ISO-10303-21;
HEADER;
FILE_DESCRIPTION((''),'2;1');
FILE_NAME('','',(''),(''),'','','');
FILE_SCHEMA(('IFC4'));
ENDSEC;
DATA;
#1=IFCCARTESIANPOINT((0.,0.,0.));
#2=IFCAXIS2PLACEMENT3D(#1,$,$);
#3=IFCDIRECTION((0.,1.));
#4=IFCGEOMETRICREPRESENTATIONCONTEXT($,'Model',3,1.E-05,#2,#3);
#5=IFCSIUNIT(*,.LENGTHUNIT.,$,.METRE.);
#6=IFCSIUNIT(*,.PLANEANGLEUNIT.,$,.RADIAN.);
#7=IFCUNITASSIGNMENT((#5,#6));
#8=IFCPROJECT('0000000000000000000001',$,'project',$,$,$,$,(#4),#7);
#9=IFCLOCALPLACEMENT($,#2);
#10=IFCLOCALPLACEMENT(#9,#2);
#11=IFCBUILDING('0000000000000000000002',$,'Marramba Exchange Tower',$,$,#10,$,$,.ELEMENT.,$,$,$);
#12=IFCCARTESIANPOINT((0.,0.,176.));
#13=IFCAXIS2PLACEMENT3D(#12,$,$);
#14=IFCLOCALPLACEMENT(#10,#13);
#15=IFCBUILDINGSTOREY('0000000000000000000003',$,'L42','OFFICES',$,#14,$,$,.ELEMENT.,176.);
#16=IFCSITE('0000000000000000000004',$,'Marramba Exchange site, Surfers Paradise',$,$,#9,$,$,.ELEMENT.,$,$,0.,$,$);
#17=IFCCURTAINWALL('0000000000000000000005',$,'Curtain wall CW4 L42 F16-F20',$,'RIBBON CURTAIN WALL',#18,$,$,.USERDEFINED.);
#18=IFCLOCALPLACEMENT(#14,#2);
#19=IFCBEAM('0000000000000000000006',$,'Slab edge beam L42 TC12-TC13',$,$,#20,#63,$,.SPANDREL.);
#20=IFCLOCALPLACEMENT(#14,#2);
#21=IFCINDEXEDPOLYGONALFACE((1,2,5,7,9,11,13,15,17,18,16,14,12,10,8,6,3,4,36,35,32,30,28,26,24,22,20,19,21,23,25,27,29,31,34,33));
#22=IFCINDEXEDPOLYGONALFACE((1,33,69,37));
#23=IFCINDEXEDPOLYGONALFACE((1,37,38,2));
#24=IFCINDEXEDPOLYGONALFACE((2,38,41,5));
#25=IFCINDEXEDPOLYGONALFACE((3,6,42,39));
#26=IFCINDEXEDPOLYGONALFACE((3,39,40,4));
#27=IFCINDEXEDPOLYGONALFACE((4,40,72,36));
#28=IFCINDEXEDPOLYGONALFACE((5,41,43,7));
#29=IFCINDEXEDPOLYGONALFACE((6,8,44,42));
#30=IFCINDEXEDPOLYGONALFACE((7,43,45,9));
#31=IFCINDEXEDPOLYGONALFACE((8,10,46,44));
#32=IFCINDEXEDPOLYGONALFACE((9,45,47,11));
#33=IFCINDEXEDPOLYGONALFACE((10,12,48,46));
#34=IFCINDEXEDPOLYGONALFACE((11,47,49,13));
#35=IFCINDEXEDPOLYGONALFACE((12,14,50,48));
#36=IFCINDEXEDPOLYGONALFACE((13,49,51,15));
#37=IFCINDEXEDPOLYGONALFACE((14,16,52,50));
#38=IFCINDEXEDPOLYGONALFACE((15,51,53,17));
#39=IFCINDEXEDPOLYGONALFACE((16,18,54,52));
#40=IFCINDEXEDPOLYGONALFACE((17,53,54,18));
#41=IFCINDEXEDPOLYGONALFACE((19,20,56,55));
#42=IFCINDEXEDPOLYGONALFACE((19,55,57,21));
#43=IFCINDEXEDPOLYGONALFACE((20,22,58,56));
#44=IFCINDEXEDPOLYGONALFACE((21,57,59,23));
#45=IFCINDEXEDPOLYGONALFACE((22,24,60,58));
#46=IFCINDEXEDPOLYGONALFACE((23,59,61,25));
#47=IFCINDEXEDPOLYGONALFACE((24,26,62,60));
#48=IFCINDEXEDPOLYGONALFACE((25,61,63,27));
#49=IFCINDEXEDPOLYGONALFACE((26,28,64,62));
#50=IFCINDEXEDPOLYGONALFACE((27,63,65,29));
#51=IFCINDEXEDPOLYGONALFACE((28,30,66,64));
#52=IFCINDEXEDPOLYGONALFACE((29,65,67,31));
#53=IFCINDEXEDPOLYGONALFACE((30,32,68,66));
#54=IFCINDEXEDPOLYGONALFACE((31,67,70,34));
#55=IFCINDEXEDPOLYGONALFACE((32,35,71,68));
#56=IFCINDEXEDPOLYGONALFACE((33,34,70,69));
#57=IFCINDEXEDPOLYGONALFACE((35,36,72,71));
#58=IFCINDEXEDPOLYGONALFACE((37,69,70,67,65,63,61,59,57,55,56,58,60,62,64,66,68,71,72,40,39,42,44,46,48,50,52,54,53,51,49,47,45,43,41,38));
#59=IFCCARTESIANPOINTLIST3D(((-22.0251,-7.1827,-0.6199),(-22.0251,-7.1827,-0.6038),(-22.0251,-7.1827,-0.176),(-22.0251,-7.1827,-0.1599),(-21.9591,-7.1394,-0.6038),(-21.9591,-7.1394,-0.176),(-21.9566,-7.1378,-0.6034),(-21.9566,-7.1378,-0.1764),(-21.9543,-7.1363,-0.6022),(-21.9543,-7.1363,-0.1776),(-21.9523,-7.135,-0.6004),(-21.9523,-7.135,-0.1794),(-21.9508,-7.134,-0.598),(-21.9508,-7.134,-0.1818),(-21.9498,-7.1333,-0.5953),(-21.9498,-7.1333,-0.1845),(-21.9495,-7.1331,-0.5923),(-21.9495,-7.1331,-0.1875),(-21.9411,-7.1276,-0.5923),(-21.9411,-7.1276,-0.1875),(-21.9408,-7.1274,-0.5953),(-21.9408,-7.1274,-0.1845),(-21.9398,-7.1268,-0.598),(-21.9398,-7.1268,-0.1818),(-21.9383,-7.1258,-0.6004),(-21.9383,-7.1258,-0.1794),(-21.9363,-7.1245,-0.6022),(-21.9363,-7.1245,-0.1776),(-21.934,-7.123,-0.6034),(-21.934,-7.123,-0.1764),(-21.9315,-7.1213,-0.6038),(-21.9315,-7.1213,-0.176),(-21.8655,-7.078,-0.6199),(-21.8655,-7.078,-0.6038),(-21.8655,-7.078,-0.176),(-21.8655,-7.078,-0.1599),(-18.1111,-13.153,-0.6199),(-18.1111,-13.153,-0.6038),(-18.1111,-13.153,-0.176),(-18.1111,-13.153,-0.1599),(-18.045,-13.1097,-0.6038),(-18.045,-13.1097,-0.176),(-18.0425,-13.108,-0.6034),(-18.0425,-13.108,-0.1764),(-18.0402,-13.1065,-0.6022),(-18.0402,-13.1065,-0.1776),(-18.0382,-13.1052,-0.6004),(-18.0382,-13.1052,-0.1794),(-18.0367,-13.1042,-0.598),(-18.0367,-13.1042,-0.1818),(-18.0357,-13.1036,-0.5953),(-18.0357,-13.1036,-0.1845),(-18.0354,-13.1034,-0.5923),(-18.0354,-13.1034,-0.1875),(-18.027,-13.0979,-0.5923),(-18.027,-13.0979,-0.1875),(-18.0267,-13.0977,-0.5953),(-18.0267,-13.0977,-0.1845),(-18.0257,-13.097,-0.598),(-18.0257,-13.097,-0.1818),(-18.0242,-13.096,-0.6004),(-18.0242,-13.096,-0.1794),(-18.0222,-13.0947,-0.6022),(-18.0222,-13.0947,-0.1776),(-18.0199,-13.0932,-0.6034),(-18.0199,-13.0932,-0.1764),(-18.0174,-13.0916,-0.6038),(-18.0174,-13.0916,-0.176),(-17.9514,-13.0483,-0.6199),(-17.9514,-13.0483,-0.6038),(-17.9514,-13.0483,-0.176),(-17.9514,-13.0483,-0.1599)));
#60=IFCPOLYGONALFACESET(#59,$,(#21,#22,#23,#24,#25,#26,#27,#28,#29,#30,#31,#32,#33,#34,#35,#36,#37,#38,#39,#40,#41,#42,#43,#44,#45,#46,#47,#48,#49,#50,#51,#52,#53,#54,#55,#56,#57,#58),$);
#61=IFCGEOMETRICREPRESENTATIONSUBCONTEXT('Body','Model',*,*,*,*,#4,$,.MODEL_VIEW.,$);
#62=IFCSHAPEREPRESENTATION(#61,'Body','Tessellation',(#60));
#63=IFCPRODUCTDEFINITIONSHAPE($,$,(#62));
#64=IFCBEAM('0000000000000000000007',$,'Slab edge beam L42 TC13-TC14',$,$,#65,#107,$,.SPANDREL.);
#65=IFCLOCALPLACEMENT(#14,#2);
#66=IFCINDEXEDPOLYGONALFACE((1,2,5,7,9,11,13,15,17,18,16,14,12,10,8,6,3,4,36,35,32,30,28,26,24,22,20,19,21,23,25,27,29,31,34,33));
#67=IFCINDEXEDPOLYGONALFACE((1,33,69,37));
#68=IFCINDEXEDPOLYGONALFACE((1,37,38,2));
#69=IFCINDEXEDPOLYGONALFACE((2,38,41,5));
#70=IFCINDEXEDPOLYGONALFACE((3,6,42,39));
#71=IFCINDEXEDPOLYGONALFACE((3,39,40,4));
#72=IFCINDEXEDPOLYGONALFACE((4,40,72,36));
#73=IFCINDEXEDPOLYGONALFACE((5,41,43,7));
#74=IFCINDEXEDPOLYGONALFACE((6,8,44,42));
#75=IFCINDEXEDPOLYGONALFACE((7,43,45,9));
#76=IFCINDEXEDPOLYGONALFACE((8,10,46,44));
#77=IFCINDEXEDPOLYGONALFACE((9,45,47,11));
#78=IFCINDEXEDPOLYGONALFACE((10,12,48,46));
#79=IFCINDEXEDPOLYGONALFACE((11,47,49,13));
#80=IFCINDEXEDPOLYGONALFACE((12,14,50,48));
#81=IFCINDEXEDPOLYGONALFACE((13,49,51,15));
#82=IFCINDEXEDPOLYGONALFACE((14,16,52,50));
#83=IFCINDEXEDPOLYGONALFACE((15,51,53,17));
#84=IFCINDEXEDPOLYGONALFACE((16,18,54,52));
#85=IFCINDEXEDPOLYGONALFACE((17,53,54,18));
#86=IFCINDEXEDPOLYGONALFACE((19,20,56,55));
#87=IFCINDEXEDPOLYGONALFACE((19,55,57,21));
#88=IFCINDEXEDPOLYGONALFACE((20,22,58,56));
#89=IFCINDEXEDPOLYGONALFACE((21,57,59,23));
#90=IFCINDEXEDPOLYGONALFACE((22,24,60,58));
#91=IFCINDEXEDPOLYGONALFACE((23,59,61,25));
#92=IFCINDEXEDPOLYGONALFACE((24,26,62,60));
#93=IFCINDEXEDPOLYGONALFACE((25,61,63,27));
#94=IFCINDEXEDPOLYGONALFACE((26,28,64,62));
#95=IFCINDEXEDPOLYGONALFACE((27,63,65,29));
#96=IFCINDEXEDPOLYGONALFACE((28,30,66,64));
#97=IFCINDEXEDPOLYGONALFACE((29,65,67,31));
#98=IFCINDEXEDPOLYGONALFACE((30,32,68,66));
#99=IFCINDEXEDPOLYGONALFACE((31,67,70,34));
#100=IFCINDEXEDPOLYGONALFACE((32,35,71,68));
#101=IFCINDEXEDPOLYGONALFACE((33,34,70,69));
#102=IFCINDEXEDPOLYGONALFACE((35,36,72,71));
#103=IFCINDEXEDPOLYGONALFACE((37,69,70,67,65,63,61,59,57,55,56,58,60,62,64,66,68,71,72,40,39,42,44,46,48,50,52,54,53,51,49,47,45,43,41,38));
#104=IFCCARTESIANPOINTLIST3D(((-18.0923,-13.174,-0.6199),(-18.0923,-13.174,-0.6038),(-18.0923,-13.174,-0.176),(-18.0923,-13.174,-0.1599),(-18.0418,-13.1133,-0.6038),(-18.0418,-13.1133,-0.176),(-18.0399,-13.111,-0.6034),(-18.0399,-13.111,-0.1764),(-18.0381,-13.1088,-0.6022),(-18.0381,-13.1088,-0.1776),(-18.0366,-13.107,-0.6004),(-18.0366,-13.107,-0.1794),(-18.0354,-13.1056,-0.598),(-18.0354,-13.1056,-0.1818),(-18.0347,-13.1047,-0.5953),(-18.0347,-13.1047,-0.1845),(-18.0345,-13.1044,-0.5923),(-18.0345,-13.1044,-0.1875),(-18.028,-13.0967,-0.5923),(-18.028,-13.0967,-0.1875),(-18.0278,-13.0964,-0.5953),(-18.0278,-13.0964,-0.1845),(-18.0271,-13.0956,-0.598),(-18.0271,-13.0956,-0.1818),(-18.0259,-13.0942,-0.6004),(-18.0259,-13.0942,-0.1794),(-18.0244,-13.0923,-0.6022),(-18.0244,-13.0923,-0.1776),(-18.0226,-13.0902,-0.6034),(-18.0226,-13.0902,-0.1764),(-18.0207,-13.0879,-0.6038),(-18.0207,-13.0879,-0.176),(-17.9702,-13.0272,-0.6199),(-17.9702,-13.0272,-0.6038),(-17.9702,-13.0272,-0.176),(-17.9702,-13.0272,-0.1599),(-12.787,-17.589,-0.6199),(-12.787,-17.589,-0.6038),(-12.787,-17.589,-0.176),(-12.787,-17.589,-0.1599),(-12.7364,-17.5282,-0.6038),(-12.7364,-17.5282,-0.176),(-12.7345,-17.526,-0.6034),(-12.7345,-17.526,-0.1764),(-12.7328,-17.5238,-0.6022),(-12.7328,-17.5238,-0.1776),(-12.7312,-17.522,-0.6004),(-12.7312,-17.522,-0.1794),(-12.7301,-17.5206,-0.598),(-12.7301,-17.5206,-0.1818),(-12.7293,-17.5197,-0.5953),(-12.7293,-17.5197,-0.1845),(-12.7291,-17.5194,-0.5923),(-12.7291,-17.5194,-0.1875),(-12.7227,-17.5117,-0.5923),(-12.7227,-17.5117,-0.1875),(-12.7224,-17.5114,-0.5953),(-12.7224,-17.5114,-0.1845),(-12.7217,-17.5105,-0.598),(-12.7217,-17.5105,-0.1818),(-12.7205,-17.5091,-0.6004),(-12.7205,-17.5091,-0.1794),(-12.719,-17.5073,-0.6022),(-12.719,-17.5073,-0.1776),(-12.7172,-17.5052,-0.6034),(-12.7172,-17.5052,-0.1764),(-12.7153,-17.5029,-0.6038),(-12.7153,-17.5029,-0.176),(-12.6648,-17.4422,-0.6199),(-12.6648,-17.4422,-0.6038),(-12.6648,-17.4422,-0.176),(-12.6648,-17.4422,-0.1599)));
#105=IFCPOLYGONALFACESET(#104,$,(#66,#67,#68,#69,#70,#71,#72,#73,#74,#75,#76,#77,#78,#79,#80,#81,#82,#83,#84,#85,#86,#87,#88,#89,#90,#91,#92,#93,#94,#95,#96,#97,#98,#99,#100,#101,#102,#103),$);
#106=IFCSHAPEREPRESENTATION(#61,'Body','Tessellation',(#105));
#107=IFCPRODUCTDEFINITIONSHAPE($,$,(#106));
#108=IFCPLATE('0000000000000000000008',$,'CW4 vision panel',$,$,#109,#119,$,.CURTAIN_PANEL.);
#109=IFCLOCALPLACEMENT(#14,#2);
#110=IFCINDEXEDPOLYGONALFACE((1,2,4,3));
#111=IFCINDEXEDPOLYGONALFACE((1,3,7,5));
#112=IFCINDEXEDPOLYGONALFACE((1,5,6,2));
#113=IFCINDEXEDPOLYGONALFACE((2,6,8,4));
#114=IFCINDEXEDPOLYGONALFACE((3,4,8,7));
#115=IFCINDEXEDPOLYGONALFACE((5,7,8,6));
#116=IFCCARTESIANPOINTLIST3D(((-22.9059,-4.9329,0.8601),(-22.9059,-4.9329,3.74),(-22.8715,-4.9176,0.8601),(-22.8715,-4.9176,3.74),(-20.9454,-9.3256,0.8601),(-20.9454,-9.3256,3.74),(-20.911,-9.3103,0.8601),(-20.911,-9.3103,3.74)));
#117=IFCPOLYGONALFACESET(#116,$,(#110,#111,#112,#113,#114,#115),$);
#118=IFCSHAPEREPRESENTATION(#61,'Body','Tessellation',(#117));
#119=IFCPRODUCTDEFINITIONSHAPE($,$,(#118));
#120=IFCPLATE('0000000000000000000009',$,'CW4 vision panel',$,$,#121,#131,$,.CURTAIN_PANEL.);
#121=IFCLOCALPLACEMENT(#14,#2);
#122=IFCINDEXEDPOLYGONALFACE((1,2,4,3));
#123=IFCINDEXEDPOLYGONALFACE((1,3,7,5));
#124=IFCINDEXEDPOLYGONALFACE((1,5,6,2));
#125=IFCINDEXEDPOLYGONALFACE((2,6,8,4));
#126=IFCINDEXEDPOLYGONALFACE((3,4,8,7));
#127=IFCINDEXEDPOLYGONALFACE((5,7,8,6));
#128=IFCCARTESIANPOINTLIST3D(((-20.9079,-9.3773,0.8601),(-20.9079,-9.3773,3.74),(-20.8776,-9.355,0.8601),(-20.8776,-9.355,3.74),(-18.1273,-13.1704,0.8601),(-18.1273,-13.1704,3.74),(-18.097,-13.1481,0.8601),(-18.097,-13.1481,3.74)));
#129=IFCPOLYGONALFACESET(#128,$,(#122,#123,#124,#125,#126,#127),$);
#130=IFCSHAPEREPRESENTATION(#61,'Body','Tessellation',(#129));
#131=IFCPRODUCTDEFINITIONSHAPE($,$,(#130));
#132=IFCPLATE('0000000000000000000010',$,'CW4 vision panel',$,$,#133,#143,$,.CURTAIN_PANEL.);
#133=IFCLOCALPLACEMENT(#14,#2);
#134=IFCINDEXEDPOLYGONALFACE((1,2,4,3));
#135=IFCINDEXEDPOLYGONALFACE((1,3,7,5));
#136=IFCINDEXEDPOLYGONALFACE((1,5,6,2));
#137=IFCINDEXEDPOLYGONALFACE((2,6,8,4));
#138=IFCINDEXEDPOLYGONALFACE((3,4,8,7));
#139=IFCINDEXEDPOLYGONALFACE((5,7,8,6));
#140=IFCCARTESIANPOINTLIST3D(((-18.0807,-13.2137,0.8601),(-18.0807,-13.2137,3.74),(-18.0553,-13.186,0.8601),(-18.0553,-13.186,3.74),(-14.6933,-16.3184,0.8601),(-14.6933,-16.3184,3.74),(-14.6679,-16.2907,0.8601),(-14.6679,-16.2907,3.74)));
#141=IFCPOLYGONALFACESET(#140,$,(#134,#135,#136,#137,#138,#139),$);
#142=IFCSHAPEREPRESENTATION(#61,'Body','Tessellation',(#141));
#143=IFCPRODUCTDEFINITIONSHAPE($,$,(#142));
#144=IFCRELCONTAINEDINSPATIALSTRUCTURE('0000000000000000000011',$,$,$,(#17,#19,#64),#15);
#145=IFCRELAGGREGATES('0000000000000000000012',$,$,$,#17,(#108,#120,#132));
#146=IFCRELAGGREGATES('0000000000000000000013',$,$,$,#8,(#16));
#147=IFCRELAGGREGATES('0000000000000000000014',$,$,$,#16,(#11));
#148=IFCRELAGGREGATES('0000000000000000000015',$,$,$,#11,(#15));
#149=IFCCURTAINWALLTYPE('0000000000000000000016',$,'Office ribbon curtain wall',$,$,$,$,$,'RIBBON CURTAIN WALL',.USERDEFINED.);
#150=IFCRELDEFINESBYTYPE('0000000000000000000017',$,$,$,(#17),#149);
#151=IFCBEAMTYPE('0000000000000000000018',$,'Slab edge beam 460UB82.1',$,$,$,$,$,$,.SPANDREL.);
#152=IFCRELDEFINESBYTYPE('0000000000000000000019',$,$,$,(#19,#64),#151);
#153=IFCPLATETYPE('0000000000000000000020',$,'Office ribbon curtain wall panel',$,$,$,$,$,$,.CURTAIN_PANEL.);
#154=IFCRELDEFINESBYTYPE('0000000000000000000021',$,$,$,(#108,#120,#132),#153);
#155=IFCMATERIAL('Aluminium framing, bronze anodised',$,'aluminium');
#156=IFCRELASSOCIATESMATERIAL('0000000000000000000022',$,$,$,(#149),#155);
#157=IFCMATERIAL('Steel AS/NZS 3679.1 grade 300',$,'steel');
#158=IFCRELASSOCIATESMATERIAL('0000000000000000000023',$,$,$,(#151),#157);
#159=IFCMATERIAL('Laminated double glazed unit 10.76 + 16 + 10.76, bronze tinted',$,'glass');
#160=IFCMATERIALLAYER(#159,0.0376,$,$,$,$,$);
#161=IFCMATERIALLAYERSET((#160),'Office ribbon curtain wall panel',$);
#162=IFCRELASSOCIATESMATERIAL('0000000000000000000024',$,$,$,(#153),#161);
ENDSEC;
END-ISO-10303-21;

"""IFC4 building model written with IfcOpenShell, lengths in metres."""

from ifc_helpers import new_model, si_unit, direction, frame, origin, origin_2d, place, context, subcontext, project, spatial, rectangle, i_section, extrude, material, layer, layer_set, material_profile, profile_set, type_object, element, aggregate, save


model = new_model("IFC4")

# Units and contexts
model_context = context("Model", 3, precision=1e-05, world=origin(), true_north=direction((0.0, 1.0)))
body_context = subcontext(model_context, "Body", "Model", "MODEL_VIEW")
ifc_project = project(units=[si_unit("LENGTHUNIT", "METRE"), si_unit("PLANEANGLEUNIT", "RADIAN")], contexts=[model_context])

# Site, building, storey
site_placement = place(None, origin())
site = spatial("IfcSite", under=ifc_project, at=site_placement, Name="Marramba Exchange site, Surfers Paradise", CompositionType="ELEMENT", RefElevation=0.0)
building_placement = place(site_placement, origin())
building = spatial("IfcBuilding", under=site, at=building_placement, Name="Marramba Exchange Tower", CompositionType="ELEMENT")
storey_placement = place(building_placement, frame((0.0, 0.0, 176.0)))
storey = spatial("IfcBuildingStorey", under=building, at=storey_placement, Name="L42", Description="OFFICES", CompositionType="ELEMENT", Elevation=176.0)

# Curtain wall
ifc_material_1 = material(Name="Aluminium framing, bronze anodised", Category="aluminium")
curtain_wall_type = type_object("IfcCurtainWallType", Name="Office ribbon curtain wall", ElementType="RIBBON CURTAIN WALL", PredefinedType="USERDEFINED", material=ifc_material_1)
curtain_wall_placement = place(storey_placement, origin())
curtain_wall = element("IfcCurtainWall", 1, at=curtain_wall_placement, inside=storey, type_object=curtain_wall_type, Name="Curtain wall CW4 L42 F16-F20", ObjectType="RIBBON CURTAIN WALL", PredefinedType="USERDEFINED")

# Beams
ifc_material_2 = material(Name="Steel AS/NZS 3679.1 grade 300", Category="steel")
ifc_material_profile_1 = material_profile(ifc_material_2, i_section(OverallWidth=0.1909, OverallDepth=0.46, WebThickness=0.01, FlangeThickness=0.0161, FilletRadius=0.0115, at=origin_2d()), Name="460UB82.1")
ifc_profile_set_1 = profile_set([ifc_material_profile_1], Name="Steel AS/NZS 3679.1 grade 300")
beam_type_1 = type_object("IfcBeamType", Name="Slab edge beam 460UB82.1", PredefinedType="SPANDREL", material=ifc_profile_set_1)
beam_1_placement = place(storey_placement, frame((-21.9453, -7.1304, -0.3899), z_axis=(0.548275, -0.836298, 0.0), x_axis=(0.836298, 0.548275, 0.0)))
element("IfcBeam", 2, at=beam_1_placement, inside=storey, type_object=beam_type_1, Name="Slab edge beam L42 TC12-TC13", PredefinedType="SPANDREL", context=body_context, shape_type="SweptSolid", body=[
    extrude(i_section(OverallWidth=0.1909, OverallDepth=0.46, WebThickness=0.01, FlangeThickness=0.0161, FilletRadius=0.0115, at=origin_2d()), origin(), (0.0, 0.0, 1.0), 7.1389),
])
beam_2_placement = place(storey_placement, frame((-18.0312, -13.1006, -0.3899), z_axis=(0.768659, -0.639659, 0.0), x_axis=(0.639659, 0.768659, 0.0)))
element("IfcBeam", 3, at=beam_2_placement, inside=storey, type_object=beam_type_1, Name="Slab edge beam L42 TC13-TC14", PredefinedType="SPANDREL", context=body_context, shape_type="SweptSolid", body=[
    extrude(i_section(OverallWidth=0.1909, OverallDepth=0.46, WebThickness=0.01, FlangeThickness=0.0161, FilletRadius=0.0115, at=origin_2d()), origin(), (0.0, 0.0, 1.0), 6.9021),
])

# Plates
ifc_material_3 = material(Name="Laminated double glazed unit 10.76 + 16 + 10.76, bronze tinted", Category="glass")
ifc_layer_1 = layer(ifc_material_3, 0.0376)
ifc_layer_set_1 = layer_set([ifc_layer_1], Name="Office ribbon curtain wall panel")
plate_type = type_object("IfcPlateType", Name="Office ribbon curtain wall panel", PredefinedType="CURTAIN_PANEL", material=ifc_layer_set_1)
plate_1_placement = place(storey_placement, frame((-21.9084, -7.1216, 0.8601), z_axis=(0.0, 0.0, 1.0), x_axis=(0.407558, -0.91318, 0.0)))
plate_1 = element("IfcPlate", 4, at=plate_1_placement, type_object=plate_type, Name="CW4 vision panel", PredefinedType="CURTAIN_PANEL", context=body_context, shape_type="SweptSolid", body=[
    extrude(rectangle(XDim=4.8103, YDim=0.0376, at=origin_2d()), origin(), (0.0, 0.0, 1.0), 2.8799),
])
plate_2_placement = place(storey_placement, frame((-19.5024, -11.2627, 0.8601), z_axis=(0.0, 0.0, 1.0), x_axis=(0.591223, -0.806508, 0.0)))
plate_2 = element("IfcPlate", 5, at=plate_2_placement, type_object=plate_type, Name="CW4 vision panel", PredefinedType="CURTAIN_PANEL", context=body_context, shape_type="SweptSolid", body=[
    extrude(rectangle(XDim=4.7031, YDim=0.0376, at=origin_2d()), origin(), (0.0, 0.0, 1.0), 2.8799),
])
plate_3_placement = place(storey_placement, frame((-16.3743, -14.7522, 0.8601), z_axis=(0.0, 0.0, 1.0), x_axis=(0.737203, -0.675671, 0.0)))
plate_3 = element("IfcPlate", 6, at=plate_3_placement, type_object=plate_type, Name="CW4 vision panel", PredefinedType="CURTAIN_PANEL", context=body_context, shape_type="SweptSolid", body=[
    extrude(rectangle(XDim=4.595, YDim=0.0376, at=origin_2d()), origin(), (0.0, 0.0, 1.0), 2.8799),
])
aggregate(curtain_wall, [plate_1, plate_2, plate_3])

save(model, "model.ifc")
